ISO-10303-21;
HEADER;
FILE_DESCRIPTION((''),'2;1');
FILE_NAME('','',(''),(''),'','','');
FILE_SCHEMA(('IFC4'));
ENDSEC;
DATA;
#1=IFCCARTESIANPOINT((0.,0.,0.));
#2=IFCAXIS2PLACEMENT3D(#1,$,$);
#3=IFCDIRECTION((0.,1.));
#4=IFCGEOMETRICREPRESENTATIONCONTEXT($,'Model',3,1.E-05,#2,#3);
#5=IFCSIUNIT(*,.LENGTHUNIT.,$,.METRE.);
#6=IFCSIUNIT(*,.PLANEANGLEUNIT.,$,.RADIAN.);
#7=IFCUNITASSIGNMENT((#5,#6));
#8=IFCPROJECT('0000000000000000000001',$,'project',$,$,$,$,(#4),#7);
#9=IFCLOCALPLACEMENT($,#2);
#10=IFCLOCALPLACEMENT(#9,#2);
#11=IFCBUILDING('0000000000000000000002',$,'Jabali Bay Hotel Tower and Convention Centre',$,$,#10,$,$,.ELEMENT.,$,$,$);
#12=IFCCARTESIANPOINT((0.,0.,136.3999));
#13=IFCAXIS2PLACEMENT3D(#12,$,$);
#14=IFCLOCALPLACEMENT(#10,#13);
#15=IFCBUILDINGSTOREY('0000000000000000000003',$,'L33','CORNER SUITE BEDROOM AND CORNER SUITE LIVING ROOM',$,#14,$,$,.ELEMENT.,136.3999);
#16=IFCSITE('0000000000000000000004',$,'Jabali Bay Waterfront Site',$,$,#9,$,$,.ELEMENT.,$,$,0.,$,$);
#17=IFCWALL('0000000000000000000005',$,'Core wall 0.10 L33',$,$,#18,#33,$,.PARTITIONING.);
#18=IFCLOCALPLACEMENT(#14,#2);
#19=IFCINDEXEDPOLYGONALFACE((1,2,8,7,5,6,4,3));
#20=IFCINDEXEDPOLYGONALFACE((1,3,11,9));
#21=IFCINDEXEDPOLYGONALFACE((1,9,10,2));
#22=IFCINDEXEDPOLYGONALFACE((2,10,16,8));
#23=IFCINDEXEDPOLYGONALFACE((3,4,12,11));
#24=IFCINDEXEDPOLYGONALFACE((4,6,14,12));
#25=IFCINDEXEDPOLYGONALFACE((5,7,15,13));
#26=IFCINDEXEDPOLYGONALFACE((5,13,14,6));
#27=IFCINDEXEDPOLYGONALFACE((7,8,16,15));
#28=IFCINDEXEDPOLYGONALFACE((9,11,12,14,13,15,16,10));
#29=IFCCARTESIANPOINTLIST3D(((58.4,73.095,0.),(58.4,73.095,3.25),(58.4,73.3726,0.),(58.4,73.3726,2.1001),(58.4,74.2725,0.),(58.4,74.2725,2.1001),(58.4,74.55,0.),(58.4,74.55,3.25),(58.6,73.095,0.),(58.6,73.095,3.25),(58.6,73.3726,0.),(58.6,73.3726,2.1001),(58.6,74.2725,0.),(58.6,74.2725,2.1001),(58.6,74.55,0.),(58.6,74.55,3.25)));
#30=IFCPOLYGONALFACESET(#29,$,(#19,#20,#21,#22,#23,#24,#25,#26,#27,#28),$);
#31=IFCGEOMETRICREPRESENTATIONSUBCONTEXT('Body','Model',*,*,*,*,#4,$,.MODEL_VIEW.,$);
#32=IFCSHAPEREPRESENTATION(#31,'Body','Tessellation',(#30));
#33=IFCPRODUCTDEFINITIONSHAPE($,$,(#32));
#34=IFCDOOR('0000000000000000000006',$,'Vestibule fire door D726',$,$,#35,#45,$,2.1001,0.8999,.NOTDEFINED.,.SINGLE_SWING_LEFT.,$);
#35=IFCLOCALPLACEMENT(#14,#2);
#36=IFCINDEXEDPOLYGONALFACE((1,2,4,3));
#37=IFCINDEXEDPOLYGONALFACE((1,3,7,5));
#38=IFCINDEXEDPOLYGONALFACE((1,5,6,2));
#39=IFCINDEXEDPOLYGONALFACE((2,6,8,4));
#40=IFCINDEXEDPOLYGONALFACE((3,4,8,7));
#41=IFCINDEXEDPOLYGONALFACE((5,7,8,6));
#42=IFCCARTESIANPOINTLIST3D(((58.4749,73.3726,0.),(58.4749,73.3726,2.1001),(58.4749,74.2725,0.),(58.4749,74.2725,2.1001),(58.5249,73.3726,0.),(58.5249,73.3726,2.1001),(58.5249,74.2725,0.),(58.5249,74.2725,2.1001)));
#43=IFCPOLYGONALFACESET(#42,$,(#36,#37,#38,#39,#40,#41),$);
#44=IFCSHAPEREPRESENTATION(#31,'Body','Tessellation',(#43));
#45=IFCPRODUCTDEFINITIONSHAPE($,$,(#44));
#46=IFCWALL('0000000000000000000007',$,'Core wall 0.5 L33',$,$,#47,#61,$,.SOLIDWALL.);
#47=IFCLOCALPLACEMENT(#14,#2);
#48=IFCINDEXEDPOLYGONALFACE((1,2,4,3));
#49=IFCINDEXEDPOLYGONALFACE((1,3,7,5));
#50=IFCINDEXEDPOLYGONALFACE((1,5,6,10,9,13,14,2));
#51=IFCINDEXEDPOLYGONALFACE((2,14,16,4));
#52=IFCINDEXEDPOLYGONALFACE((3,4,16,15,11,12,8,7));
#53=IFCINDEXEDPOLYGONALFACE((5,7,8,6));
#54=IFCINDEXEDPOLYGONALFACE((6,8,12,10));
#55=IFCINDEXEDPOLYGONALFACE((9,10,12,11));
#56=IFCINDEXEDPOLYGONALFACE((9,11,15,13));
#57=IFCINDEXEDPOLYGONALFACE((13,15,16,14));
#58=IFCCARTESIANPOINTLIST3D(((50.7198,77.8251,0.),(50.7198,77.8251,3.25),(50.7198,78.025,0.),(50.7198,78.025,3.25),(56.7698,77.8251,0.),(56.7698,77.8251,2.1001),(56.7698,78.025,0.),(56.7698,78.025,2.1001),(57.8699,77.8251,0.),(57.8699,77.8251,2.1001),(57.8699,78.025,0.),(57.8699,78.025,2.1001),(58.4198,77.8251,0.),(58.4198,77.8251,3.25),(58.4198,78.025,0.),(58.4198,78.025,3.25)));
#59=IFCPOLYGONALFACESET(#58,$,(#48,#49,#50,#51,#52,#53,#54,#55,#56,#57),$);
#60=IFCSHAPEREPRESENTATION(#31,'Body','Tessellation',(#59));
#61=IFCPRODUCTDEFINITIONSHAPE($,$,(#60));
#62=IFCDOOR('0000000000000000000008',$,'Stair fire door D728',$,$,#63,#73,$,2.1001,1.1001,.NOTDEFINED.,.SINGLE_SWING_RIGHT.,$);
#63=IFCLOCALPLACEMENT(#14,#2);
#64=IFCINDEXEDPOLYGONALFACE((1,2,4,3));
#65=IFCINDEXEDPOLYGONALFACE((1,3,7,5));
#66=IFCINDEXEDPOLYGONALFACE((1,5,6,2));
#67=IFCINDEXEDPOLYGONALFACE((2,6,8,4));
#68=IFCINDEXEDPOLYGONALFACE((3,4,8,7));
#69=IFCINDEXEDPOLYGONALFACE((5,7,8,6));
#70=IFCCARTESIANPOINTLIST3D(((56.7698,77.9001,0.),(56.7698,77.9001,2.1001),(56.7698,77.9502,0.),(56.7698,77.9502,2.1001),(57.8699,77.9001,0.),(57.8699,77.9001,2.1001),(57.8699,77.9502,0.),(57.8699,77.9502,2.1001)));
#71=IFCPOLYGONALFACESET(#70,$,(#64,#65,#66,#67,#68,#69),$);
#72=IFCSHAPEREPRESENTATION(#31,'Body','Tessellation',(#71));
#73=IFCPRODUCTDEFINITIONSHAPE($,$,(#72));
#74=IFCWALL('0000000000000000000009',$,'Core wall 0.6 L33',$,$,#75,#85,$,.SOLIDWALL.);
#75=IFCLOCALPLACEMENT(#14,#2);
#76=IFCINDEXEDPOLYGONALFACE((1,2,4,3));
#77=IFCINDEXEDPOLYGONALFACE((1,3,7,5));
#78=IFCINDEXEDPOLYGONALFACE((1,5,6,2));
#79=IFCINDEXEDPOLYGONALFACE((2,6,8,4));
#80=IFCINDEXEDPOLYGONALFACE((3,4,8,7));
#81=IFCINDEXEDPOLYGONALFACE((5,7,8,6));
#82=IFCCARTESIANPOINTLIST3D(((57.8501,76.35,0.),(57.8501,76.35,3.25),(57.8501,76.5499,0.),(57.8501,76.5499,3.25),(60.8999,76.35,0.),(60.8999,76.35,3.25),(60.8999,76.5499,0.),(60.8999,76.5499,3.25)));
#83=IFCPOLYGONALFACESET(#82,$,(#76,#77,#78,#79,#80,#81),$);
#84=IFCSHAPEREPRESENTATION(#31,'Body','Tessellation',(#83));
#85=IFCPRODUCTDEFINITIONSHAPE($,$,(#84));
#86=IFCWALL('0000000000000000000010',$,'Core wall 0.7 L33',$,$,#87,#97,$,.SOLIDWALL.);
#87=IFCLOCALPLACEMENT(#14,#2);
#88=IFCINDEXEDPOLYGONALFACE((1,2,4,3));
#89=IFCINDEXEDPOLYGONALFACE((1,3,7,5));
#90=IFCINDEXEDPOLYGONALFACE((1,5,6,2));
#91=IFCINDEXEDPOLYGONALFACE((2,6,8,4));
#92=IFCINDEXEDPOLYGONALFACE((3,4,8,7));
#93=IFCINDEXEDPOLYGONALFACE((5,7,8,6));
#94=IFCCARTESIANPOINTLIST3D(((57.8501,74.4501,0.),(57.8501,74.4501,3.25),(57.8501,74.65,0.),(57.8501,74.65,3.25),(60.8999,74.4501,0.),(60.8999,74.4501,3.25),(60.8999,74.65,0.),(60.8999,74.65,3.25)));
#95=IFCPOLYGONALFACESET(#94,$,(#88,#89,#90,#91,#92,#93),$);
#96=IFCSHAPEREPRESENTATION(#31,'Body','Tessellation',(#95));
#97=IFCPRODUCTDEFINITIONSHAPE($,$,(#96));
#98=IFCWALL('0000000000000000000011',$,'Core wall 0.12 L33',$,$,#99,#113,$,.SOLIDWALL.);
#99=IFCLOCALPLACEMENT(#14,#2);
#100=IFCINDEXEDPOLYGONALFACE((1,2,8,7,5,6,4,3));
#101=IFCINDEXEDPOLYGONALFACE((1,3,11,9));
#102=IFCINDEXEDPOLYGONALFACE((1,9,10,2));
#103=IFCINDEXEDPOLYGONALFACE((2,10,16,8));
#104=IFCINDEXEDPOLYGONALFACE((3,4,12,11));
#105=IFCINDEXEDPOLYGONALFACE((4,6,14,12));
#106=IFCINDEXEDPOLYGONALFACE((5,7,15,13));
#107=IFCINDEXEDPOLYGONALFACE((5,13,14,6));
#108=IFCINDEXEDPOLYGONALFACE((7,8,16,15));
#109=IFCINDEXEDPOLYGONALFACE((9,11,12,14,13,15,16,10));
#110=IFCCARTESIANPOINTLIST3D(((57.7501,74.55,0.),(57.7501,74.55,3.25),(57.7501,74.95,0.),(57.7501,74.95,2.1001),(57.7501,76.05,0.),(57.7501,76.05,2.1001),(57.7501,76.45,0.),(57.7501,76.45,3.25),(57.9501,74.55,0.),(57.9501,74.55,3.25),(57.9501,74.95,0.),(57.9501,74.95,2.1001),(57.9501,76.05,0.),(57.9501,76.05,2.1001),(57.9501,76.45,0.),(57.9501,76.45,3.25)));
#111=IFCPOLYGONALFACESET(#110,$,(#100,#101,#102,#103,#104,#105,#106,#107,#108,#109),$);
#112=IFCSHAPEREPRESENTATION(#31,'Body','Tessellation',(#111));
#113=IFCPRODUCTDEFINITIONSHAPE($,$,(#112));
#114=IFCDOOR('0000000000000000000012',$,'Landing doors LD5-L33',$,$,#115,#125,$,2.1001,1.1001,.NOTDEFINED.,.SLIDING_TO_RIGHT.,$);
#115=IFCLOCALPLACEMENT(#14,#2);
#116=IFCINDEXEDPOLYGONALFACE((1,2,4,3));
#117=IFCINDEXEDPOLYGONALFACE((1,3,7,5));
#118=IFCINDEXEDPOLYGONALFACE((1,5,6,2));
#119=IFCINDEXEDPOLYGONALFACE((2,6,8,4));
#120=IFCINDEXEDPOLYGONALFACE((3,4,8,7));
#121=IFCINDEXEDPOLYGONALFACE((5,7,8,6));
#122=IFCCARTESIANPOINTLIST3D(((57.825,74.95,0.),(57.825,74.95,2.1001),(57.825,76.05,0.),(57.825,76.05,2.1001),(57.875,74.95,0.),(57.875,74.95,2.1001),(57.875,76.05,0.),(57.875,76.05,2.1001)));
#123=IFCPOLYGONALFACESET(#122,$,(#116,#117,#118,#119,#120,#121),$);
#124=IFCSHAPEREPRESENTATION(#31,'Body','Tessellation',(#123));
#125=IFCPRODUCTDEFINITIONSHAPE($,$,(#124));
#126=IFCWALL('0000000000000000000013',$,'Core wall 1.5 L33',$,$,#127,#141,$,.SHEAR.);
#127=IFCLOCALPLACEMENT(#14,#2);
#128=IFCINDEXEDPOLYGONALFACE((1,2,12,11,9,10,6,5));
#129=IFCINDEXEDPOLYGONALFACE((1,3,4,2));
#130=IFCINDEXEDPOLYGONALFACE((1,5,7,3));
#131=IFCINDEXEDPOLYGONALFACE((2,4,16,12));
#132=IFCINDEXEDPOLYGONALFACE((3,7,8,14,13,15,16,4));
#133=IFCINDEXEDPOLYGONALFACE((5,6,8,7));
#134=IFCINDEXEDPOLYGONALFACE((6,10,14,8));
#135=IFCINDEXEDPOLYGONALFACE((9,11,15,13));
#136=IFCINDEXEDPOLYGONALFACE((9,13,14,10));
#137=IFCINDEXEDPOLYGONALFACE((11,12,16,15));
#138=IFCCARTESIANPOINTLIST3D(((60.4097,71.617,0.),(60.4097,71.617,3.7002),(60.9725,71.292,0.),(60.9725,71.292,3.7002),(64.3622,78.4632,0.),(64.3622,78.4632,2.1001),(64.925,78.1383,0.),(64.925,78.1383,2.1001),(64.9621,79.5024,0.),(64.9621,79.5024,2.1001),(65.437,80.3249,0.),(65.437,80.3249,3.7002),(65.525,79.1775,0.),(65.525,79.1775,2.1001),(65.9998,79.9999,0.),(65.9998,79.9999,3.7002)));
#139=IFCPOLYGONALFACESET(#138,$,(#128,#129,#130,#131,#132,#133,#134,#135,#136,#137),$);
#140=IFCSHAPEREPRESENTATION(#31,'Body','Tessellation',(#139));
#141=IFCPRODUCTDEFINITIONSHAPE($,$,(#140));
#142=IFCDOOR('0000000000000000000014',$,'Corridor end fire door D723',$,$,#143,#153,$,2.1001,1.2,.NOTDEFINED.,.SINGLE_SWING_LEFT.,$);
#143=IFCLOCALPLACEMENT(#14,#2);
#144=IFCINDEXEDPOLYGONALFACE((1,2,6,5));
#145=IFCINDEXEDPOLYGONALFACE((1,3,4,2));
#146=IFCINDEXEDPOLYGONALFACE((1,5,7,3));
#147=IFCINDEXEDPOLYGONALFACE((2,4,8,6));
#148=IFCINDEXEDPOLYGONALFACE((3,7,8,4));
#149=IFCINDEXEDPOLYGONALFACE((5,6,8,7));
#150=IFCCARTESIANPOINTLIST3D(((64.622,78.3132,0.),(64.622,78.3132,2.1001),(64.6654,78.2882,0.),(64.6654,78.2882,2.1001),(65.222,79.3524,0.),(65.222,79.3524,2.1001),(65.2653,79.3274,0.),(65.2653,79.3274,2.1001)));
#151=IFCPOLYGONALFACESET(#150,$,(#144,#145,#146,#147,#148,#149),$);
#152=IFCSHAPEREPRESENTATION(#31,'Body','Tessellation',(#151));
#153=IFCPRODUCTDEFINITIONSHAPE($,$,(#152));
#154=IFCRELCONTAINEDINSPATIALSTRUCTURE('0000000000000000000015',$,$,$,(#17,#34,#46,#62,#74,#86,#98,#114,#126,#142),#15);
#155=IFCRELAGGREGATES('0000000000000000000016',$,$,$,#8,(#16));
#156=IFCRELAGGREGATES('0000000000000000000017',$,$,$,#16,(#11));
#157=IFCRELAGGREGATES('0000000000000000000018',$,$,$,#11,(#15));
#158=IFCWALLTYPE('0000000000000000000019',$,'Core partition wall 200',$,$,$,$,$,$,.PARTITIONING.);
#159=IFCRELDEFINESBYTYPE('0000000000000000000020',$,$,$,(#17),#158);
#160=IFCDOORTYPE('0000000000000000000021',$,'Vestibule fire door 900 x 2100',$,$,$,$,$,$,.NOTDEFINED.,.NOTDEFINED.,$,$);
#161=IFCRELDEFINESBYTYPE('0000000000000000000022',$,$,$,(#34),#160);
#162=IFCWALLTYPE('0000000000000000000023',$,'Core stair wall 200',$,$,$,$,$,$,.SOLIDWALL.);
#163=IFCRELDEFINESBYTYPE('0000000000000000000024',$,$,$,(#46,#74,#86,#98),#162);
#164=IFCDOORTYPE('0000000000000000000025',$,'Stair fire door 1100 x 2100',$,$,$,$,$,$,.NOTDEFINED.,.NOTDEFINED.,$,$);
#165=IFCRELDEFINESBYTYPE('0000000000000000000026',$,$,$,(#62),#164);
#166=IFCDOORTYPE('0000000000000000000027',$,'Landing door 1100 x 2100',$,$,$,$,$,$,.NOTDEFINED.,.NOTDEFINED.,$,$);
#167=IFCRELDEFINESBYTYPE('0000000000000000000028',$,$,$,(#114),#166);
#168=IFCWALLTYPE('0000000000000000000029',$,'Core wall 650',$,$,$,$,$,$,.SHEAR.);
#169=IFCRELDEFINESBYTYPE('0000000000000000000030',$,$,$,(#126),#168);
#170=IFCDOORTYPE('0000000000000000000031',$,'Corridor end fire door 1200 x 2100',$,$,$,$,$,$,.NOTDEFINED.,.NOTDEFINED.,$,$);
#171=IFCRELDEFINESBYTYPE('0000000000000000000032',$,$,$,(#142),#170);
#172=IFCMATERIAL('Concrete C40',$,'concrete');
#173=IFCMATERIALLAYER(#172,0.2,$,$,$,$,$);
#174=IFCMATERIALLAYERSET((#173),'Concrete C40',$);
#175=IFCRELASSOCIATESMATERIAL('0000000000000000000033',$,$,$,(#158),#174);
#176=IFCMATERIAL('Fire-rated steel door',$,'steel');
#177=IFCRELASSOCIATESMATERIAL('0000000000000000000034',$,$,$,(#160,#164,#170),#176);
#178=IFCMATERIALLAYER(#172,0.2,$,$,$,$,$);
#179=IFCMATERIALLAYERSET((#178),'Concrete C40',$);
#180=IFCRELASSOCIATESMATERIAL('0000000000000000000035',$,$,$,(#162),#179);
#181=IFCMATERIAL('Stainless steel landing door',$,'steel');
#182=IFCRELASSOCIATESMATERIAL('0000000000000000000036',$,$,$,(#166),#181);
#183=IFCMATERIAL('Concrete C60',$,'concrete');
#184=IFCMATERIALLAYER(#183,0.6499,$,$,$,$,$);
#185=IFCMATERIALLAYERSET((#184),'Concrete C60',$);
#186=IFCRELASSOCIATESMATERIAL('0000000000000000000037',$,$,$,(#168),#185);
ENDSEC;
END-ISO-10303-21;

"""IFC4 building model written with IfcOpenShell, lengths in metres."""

from ifc_helpers import new_model, si_unit, direction, frame, frame_2d, origin, place, context, subcontext, project, spatial, rectangle, extrude, material, layer, layer_set, type_object, element, fill, save


model = new_model("IFC4")

# Units and contexts
model_context = context("Model", 3, precision=1e-05, world=origin(), true_north=direction((0.0, 1.0)))
body_context = subcontext(model_context, "Body", "Model", "MODEL_VIEW")
ifc_project = project(units=[si_unit("LENGTHUNIT", "METRE"), si_unit("PLANEANGLEUNIT", "RADIAN")], contexts=[model_context])

# Site, building, storey
site_placement = place(None, origin())
site = spatial("IfcSite", under=ifc_project, at=site_placement, Name="Jabali Bay Waterfront Site", CompositionType="ELEMENT", RefElevation=0.0)
building_placement = place(site_placement, origin())
building = spatial("IfcBuilding", under=site, at=building_placement, Name="Jabali Bay Hotel Tower and Convention Centre", CompositionType="ELEMENT")
storey_placement = place(building_placement, frame((0.0, 0.0, 136.3999)))
storey = spatial("IfcBuildingStorey", under=building, at=storey_placement, Name="L33", Description="CORNER SUITE BEDROOM AND CORNER SUITE LIVING ROOM", CompositionType="ELEMENT", Elevation=136.3999)

# Walls, openings, doors
ifc_material_1 = material(Name="Concrete C40", Category="concrete")
ifc_layer_1 = layer(ifc_material_1, 0.2)
ifc_layer_set_1 = layer_set([ifc_layer_1], Name="Concrete C40")
wall_type_1 = type_object("IfcWallType", Name="Core partition wall 200", PredefinedType="PARTITIONING", material=ifc_layer_set_1)
wall_1_placement = place(storey_placement, frame((58.5, 74.55, 0.0), z_axis=(0.0, 0.0, 1.0), x_axis=(0.0, -1.0, 0.0)))
wall_1 = element("IfcWall", 1, at=wall_1_placement, inside=storey, type_object=wall_type_1, Name="Core wall 0.10 L33", PredefinedType="PARTITIONING", context=body_context, shape_type="SweptSolid", body=[
    extrude(rectangle(XDim=1.4551, YDim=0.2, at=frame_2d((0.7275, 0.0))), origin(), (0.0, 0.0, 1.0), 3.25),
])
opening_1_placement = place(wall_1_placement, frame((0.2776, 0.0, 0.0)))
opening_1 = element("IfcOpeningElement", 2, at=opening_1_placement, cuts=wall_1, PredefinedType="OPENING", context=body_context, shape_type="SweptSolid", body=[
    extrude(rectangle(XDim=0.8999, YDim=2.1001, at=frame_2d((0.45, 1.05))), frame((0.0, 0.1104, 0.0), z_axis=(0.0, -1.0, 0.0), x_axis=(1.0, 0.0, 0.0)), (0.0, 0.0, 1.0), 0.2209),
])
ifc_material_2 = material(Name="Fire-rated steel door", Category="steel")
door_type_1 = type_object("IfcDoorType", Name="Vestibule fire door 900 x 2100", OperationType="NOTDEFINED", PredefinedType="NOTDEFINED", material=ifc_material_2)
door_1_placement = place(opening_1_placement, origin())
door_1 = element("IfcDoor", 3, at=door_1_placement, inside=storey, type_object=door_type_1, Name="Vestibule fire door D726", OperationType="SINGLE_SWING_LEFT", OverallHeight=2.1001, OverallWidth=0.8999, PredefinedType="NOTDEFINED", context=body_context, shape_type="SweptSolid", body=[
    extrude(rectangle(XDim=0.8999, YDim=2.1001, at=frame_2d((0.45, 1.05))), frame((0.0, 0.0249, 0.0), z_axis=(0.0, -1.0, 0.0), x_axis=(1.0, 0.0, 0.0)), (0.0, 0.0, 1.0), 0.05),
])
fill(opening_1, door_1)
ifc_layer_2 = layer(ifc_material_1, 0.2)
ifc_layer_set_2 = layer_set([ifc_layer_2], Name="Concrete C40")
wall_type_2 = type_object("IfcWallType", Name="Core stair wall 200", PredefinedType="SOLIDWALL", material=ifc_layer_set_2)
wall_2_placement = place(storey_placement, frame((58.4199, 77.925, 0.0), z_axis=(0.0, 0.0, 1.0), x_axis=(-1.0, 0.0, 0.0)))
wall_2 = element("IfcWall", 4, at=wall_2_placement, inside=storey, type_object=wall_type_2, Name="Core wall 0.5 L33", PredefinedType="SOLIDWALL", context=body_context, shape_type="SweptSolid", body=[
    extrude(rectangle(XDim=7.7, YDim=0.2, at=frame_2d((3.8501, 0.0))), origin(), (0.0, 0.0, 1.0), 3.25),
])
opening_2_placement = place(wall_2_placement, frame((0.55, 0.0, 0.0)))
opening_2 = element("IfcOpeningElement", 5, at=opening_2_placement, cuts=wall_2, PredefinedType="OPENING", context=body_context, shape_type="SweptSolid", body=[
    extrude(rectangle(XDim=1.1001, YDim=2.1001, at=frame_2d((0.55, 1.05))), frame((0.0, 0.1104, 0.0), z_axis=(0.0, -1.0, 0.0), x_axis=(1.0, 0.0, 0.0)), (0.0, 0.0, 1.0), 0.2209),
])
door_type_2 = type_object("IfcDoorType", Name="Stair fire door 1100 x 2100", OperationType="NOTDEFINED", PredefinedType="NOTDEFINED", material=ifc_material_2)
door_2_placement = place(opening_2_placement, origin())
door_2 = element("IfcDoor", 6, at=door_2_placement, inside=storey, type_object=door_type_2, Name="Stair fire door D728", OperationType="SINGLE_SWING_RIGHT", OverallHeight=2.1001, OverallWidth=1.1001, PredefinedType="NOTDEFINED", context=body_context, shape_type="SweptSolid", body=[
    extrude(rectangle(XDim=1.1001, YDim=2.1001, at=frame_2d((0.55, 1.05))), frame((0.0, 0.0249, 0.0), z_axis=(0.0, -1.0, 0.0), x_axis=(1.0, 0.0, 0.0)), (0.0, 0.0, 1.0), 0.05),
])
fill(opening_2, door_2)

# Walls
for number, where, z_axis, x_axis, name in (
    (7, (60.8999, 76.45, 0.0), (0.0, 0.0, 1.0), (-1.0, 0.0, 0.0), "Core wall 0.6 L33"),
    (8, (60.8999, 74.55, 0.0), (0.0, 0.0, 1.0), (-1.0, 0.0, 0.0), "Core wall 0.7 L33"),
):
    element("IfcWall", number, at=place(storey_placement, frame(where, z_axis=z_axis, x_axis=x_axis)), inside=storey, type_object=wall_type_2, Name=name, PredefinedType="SOLIDWALL", context=body_context, shape_type="SweptSolid", body=[
        extrude(rectangle(XDim=3.0498, YDim=0.2, at=frame_2d((1.5249, 0.0))), origin(), (0.0, 0.0, 1.0), 3.25),
    ])

# Walls, openings, doors
wall_3_placement = place(storey_placement, frame((57.8501, 76.45, 0.0), z_axis=(0.0, 0.0, 1.0), x_axis=(0.0, -1.0, 0.0)))
wall_3 = element("IfcWall", 9, at=wall_3_placement, inside=storey, type_object=wall_type_2, Name="Core wall 0.12 L33", PredefinedType="SOLIDWALL", context=body_context, shape_type="SweptSolid", body=[
    extrude(rectangle(XDim=1.8999, YDim=0.2, at=frame_2d((0.95, 0.0))), origin(), (0.0, 0.0, 1.0), 3.25),
])
opening_3_placement = place(wall_3_placement, frame((0.3999, 0.0, 0.0)))
opening_3 = element("IfcOpeningElement", 10, at=opening_3_placement, cuts=wall_3, PredefinedType="OPENING", context=body_context, shape_type="SweptSolid", body=[
    extrude(rectangle(XDim=1.1001, YDim=2.1001, at=frame_2d((0.55, 1.05))), frame((0.0, 0.1104, 0.0), z_axis=(0.0, -1.0, 0.0), x_axis=(1.0, 0.0, 0.0)), (0.0, 0.0, 1.0), 0.2209),
])
ifc_material_3 = material(Name="Stainless steel landing door", Category="steel")
door_type_3 = type_object("IfcDoorType", Name="Landing door 1100 x 2100", OperationType="NOTDEFINED", PredefinedType="NOTDEFINED", material=ifc_material_3)
door_3_placement = place(opening_3_placement, origin())
door_3 = element("IfcDoor", 11, at=door_3_placement, inside=storey, type_object=door_type_3, Name="Landing doors LD5-L33", OperationType="SLIDING_TO_RIGHT", OverallHeight=2.1001, OverallWidth=1.1001, PredefinedType="NOTDEFINED", context=body_context, shape_type="SweptSolid", body=[
    extrude(rectangle(XDim=1.1001, YDim=2.1001, at=frame_2d((0.55, 1.05))), frame((0.0, 0.0249, 0.0), z_axis=(0.0, -1.0, 0.0), x_axis=(1.0, 0.0, 0.0)), (0.0, 0.0, 1.0), 0.05),
])
fill(opening_3, door_3)
ifc_material_4 = material(Name="Concrete C60", Category="concrete")
ifc_layer_3 = layer(ifc_material_4, 0.6499)
ifc_layer_set_3 = layer_set([ifc_layer_3], Name="Concrete C60")
wall_type_3 = type_object("IfcWallType", Name="Core wall 650", PredefinedType="SHEAR", material=ifc_layer_set_3)
wall_4_placement = place(storey_placement, frame((60.6912, 71.4546, 0.0), z_axis=(0.0, 0.0, 1.0), x_axis=(0.499983, 0.866035, 0.0)))
wall_4 = element("IfcWall", 12, at=wall_4_placement, inside=storey, type_object=wall_type_3, Name="Core wall 1.5 L33", PredefinedType="SHEAR", context=body_context, shape_type="SweptSolid", body=[
    extrude(rectangle(XDim=10.0549, YDim=0.6499, at=frame_2d((5.0273, 0.0))), origin(), (0.0, 0.0, 1.0), 3.7002),
])
opening_4_placement = place(wall_4_placement, frame((7.905, 0.0, 0.0)))
opening_4 = element("IfcOpeningElement", 13, at=opening_4_placement, cuts=wall_4, PredefinedType="OPENING", context=body_context, shape_type="SweptSolid", body=[
    extrude(rectangle(XDim=1.2, YDim=2.1001, at=frame_2d((0.6001, 1.05))), frame((0.0, 0.3354, 0.0), z_axis=(0.0, -1.0, 0.0), x_axis=(1.0, 0.0, 0.0)), (0.0, 0.0, 1.0), 0.6709),
])
door_type_4 = type_object("IfcDoorType", Name="Corridor end fire door 1200 x 2100", OperationType="NOTDEFINED", PredefinedType="NOTDEFINED", material=ifc_material_2)
door_4_placement = place(opening_4_placement, origin())
door_4 = element("IfcDoor", 14, at=door_4_placement, inside=storey, type_object=door_type_4, Name="Corridor end fire door D723", OperationType="SINGLE_SWING_LEFT", OverallHeight=2.1001, OverallWidth=1.2, PredefinedType="NOTDEFINED", context=body_context, shape_type="SweptSolid", body=[
    extrude(rectangle(XDim=1.2, YDim=2.1001, at=frame_2d((0.6001, 1.05))), frame((0.0, 0.0249, 0.0), z_axis=(0.0, -1.0, 0.0), x_axis=(1.0, 0.0, 0.0)), (0.0, 0.0, 1.0), 0.05),
])
fill(opening_4, door_4)

save(model, "model.ifc")
